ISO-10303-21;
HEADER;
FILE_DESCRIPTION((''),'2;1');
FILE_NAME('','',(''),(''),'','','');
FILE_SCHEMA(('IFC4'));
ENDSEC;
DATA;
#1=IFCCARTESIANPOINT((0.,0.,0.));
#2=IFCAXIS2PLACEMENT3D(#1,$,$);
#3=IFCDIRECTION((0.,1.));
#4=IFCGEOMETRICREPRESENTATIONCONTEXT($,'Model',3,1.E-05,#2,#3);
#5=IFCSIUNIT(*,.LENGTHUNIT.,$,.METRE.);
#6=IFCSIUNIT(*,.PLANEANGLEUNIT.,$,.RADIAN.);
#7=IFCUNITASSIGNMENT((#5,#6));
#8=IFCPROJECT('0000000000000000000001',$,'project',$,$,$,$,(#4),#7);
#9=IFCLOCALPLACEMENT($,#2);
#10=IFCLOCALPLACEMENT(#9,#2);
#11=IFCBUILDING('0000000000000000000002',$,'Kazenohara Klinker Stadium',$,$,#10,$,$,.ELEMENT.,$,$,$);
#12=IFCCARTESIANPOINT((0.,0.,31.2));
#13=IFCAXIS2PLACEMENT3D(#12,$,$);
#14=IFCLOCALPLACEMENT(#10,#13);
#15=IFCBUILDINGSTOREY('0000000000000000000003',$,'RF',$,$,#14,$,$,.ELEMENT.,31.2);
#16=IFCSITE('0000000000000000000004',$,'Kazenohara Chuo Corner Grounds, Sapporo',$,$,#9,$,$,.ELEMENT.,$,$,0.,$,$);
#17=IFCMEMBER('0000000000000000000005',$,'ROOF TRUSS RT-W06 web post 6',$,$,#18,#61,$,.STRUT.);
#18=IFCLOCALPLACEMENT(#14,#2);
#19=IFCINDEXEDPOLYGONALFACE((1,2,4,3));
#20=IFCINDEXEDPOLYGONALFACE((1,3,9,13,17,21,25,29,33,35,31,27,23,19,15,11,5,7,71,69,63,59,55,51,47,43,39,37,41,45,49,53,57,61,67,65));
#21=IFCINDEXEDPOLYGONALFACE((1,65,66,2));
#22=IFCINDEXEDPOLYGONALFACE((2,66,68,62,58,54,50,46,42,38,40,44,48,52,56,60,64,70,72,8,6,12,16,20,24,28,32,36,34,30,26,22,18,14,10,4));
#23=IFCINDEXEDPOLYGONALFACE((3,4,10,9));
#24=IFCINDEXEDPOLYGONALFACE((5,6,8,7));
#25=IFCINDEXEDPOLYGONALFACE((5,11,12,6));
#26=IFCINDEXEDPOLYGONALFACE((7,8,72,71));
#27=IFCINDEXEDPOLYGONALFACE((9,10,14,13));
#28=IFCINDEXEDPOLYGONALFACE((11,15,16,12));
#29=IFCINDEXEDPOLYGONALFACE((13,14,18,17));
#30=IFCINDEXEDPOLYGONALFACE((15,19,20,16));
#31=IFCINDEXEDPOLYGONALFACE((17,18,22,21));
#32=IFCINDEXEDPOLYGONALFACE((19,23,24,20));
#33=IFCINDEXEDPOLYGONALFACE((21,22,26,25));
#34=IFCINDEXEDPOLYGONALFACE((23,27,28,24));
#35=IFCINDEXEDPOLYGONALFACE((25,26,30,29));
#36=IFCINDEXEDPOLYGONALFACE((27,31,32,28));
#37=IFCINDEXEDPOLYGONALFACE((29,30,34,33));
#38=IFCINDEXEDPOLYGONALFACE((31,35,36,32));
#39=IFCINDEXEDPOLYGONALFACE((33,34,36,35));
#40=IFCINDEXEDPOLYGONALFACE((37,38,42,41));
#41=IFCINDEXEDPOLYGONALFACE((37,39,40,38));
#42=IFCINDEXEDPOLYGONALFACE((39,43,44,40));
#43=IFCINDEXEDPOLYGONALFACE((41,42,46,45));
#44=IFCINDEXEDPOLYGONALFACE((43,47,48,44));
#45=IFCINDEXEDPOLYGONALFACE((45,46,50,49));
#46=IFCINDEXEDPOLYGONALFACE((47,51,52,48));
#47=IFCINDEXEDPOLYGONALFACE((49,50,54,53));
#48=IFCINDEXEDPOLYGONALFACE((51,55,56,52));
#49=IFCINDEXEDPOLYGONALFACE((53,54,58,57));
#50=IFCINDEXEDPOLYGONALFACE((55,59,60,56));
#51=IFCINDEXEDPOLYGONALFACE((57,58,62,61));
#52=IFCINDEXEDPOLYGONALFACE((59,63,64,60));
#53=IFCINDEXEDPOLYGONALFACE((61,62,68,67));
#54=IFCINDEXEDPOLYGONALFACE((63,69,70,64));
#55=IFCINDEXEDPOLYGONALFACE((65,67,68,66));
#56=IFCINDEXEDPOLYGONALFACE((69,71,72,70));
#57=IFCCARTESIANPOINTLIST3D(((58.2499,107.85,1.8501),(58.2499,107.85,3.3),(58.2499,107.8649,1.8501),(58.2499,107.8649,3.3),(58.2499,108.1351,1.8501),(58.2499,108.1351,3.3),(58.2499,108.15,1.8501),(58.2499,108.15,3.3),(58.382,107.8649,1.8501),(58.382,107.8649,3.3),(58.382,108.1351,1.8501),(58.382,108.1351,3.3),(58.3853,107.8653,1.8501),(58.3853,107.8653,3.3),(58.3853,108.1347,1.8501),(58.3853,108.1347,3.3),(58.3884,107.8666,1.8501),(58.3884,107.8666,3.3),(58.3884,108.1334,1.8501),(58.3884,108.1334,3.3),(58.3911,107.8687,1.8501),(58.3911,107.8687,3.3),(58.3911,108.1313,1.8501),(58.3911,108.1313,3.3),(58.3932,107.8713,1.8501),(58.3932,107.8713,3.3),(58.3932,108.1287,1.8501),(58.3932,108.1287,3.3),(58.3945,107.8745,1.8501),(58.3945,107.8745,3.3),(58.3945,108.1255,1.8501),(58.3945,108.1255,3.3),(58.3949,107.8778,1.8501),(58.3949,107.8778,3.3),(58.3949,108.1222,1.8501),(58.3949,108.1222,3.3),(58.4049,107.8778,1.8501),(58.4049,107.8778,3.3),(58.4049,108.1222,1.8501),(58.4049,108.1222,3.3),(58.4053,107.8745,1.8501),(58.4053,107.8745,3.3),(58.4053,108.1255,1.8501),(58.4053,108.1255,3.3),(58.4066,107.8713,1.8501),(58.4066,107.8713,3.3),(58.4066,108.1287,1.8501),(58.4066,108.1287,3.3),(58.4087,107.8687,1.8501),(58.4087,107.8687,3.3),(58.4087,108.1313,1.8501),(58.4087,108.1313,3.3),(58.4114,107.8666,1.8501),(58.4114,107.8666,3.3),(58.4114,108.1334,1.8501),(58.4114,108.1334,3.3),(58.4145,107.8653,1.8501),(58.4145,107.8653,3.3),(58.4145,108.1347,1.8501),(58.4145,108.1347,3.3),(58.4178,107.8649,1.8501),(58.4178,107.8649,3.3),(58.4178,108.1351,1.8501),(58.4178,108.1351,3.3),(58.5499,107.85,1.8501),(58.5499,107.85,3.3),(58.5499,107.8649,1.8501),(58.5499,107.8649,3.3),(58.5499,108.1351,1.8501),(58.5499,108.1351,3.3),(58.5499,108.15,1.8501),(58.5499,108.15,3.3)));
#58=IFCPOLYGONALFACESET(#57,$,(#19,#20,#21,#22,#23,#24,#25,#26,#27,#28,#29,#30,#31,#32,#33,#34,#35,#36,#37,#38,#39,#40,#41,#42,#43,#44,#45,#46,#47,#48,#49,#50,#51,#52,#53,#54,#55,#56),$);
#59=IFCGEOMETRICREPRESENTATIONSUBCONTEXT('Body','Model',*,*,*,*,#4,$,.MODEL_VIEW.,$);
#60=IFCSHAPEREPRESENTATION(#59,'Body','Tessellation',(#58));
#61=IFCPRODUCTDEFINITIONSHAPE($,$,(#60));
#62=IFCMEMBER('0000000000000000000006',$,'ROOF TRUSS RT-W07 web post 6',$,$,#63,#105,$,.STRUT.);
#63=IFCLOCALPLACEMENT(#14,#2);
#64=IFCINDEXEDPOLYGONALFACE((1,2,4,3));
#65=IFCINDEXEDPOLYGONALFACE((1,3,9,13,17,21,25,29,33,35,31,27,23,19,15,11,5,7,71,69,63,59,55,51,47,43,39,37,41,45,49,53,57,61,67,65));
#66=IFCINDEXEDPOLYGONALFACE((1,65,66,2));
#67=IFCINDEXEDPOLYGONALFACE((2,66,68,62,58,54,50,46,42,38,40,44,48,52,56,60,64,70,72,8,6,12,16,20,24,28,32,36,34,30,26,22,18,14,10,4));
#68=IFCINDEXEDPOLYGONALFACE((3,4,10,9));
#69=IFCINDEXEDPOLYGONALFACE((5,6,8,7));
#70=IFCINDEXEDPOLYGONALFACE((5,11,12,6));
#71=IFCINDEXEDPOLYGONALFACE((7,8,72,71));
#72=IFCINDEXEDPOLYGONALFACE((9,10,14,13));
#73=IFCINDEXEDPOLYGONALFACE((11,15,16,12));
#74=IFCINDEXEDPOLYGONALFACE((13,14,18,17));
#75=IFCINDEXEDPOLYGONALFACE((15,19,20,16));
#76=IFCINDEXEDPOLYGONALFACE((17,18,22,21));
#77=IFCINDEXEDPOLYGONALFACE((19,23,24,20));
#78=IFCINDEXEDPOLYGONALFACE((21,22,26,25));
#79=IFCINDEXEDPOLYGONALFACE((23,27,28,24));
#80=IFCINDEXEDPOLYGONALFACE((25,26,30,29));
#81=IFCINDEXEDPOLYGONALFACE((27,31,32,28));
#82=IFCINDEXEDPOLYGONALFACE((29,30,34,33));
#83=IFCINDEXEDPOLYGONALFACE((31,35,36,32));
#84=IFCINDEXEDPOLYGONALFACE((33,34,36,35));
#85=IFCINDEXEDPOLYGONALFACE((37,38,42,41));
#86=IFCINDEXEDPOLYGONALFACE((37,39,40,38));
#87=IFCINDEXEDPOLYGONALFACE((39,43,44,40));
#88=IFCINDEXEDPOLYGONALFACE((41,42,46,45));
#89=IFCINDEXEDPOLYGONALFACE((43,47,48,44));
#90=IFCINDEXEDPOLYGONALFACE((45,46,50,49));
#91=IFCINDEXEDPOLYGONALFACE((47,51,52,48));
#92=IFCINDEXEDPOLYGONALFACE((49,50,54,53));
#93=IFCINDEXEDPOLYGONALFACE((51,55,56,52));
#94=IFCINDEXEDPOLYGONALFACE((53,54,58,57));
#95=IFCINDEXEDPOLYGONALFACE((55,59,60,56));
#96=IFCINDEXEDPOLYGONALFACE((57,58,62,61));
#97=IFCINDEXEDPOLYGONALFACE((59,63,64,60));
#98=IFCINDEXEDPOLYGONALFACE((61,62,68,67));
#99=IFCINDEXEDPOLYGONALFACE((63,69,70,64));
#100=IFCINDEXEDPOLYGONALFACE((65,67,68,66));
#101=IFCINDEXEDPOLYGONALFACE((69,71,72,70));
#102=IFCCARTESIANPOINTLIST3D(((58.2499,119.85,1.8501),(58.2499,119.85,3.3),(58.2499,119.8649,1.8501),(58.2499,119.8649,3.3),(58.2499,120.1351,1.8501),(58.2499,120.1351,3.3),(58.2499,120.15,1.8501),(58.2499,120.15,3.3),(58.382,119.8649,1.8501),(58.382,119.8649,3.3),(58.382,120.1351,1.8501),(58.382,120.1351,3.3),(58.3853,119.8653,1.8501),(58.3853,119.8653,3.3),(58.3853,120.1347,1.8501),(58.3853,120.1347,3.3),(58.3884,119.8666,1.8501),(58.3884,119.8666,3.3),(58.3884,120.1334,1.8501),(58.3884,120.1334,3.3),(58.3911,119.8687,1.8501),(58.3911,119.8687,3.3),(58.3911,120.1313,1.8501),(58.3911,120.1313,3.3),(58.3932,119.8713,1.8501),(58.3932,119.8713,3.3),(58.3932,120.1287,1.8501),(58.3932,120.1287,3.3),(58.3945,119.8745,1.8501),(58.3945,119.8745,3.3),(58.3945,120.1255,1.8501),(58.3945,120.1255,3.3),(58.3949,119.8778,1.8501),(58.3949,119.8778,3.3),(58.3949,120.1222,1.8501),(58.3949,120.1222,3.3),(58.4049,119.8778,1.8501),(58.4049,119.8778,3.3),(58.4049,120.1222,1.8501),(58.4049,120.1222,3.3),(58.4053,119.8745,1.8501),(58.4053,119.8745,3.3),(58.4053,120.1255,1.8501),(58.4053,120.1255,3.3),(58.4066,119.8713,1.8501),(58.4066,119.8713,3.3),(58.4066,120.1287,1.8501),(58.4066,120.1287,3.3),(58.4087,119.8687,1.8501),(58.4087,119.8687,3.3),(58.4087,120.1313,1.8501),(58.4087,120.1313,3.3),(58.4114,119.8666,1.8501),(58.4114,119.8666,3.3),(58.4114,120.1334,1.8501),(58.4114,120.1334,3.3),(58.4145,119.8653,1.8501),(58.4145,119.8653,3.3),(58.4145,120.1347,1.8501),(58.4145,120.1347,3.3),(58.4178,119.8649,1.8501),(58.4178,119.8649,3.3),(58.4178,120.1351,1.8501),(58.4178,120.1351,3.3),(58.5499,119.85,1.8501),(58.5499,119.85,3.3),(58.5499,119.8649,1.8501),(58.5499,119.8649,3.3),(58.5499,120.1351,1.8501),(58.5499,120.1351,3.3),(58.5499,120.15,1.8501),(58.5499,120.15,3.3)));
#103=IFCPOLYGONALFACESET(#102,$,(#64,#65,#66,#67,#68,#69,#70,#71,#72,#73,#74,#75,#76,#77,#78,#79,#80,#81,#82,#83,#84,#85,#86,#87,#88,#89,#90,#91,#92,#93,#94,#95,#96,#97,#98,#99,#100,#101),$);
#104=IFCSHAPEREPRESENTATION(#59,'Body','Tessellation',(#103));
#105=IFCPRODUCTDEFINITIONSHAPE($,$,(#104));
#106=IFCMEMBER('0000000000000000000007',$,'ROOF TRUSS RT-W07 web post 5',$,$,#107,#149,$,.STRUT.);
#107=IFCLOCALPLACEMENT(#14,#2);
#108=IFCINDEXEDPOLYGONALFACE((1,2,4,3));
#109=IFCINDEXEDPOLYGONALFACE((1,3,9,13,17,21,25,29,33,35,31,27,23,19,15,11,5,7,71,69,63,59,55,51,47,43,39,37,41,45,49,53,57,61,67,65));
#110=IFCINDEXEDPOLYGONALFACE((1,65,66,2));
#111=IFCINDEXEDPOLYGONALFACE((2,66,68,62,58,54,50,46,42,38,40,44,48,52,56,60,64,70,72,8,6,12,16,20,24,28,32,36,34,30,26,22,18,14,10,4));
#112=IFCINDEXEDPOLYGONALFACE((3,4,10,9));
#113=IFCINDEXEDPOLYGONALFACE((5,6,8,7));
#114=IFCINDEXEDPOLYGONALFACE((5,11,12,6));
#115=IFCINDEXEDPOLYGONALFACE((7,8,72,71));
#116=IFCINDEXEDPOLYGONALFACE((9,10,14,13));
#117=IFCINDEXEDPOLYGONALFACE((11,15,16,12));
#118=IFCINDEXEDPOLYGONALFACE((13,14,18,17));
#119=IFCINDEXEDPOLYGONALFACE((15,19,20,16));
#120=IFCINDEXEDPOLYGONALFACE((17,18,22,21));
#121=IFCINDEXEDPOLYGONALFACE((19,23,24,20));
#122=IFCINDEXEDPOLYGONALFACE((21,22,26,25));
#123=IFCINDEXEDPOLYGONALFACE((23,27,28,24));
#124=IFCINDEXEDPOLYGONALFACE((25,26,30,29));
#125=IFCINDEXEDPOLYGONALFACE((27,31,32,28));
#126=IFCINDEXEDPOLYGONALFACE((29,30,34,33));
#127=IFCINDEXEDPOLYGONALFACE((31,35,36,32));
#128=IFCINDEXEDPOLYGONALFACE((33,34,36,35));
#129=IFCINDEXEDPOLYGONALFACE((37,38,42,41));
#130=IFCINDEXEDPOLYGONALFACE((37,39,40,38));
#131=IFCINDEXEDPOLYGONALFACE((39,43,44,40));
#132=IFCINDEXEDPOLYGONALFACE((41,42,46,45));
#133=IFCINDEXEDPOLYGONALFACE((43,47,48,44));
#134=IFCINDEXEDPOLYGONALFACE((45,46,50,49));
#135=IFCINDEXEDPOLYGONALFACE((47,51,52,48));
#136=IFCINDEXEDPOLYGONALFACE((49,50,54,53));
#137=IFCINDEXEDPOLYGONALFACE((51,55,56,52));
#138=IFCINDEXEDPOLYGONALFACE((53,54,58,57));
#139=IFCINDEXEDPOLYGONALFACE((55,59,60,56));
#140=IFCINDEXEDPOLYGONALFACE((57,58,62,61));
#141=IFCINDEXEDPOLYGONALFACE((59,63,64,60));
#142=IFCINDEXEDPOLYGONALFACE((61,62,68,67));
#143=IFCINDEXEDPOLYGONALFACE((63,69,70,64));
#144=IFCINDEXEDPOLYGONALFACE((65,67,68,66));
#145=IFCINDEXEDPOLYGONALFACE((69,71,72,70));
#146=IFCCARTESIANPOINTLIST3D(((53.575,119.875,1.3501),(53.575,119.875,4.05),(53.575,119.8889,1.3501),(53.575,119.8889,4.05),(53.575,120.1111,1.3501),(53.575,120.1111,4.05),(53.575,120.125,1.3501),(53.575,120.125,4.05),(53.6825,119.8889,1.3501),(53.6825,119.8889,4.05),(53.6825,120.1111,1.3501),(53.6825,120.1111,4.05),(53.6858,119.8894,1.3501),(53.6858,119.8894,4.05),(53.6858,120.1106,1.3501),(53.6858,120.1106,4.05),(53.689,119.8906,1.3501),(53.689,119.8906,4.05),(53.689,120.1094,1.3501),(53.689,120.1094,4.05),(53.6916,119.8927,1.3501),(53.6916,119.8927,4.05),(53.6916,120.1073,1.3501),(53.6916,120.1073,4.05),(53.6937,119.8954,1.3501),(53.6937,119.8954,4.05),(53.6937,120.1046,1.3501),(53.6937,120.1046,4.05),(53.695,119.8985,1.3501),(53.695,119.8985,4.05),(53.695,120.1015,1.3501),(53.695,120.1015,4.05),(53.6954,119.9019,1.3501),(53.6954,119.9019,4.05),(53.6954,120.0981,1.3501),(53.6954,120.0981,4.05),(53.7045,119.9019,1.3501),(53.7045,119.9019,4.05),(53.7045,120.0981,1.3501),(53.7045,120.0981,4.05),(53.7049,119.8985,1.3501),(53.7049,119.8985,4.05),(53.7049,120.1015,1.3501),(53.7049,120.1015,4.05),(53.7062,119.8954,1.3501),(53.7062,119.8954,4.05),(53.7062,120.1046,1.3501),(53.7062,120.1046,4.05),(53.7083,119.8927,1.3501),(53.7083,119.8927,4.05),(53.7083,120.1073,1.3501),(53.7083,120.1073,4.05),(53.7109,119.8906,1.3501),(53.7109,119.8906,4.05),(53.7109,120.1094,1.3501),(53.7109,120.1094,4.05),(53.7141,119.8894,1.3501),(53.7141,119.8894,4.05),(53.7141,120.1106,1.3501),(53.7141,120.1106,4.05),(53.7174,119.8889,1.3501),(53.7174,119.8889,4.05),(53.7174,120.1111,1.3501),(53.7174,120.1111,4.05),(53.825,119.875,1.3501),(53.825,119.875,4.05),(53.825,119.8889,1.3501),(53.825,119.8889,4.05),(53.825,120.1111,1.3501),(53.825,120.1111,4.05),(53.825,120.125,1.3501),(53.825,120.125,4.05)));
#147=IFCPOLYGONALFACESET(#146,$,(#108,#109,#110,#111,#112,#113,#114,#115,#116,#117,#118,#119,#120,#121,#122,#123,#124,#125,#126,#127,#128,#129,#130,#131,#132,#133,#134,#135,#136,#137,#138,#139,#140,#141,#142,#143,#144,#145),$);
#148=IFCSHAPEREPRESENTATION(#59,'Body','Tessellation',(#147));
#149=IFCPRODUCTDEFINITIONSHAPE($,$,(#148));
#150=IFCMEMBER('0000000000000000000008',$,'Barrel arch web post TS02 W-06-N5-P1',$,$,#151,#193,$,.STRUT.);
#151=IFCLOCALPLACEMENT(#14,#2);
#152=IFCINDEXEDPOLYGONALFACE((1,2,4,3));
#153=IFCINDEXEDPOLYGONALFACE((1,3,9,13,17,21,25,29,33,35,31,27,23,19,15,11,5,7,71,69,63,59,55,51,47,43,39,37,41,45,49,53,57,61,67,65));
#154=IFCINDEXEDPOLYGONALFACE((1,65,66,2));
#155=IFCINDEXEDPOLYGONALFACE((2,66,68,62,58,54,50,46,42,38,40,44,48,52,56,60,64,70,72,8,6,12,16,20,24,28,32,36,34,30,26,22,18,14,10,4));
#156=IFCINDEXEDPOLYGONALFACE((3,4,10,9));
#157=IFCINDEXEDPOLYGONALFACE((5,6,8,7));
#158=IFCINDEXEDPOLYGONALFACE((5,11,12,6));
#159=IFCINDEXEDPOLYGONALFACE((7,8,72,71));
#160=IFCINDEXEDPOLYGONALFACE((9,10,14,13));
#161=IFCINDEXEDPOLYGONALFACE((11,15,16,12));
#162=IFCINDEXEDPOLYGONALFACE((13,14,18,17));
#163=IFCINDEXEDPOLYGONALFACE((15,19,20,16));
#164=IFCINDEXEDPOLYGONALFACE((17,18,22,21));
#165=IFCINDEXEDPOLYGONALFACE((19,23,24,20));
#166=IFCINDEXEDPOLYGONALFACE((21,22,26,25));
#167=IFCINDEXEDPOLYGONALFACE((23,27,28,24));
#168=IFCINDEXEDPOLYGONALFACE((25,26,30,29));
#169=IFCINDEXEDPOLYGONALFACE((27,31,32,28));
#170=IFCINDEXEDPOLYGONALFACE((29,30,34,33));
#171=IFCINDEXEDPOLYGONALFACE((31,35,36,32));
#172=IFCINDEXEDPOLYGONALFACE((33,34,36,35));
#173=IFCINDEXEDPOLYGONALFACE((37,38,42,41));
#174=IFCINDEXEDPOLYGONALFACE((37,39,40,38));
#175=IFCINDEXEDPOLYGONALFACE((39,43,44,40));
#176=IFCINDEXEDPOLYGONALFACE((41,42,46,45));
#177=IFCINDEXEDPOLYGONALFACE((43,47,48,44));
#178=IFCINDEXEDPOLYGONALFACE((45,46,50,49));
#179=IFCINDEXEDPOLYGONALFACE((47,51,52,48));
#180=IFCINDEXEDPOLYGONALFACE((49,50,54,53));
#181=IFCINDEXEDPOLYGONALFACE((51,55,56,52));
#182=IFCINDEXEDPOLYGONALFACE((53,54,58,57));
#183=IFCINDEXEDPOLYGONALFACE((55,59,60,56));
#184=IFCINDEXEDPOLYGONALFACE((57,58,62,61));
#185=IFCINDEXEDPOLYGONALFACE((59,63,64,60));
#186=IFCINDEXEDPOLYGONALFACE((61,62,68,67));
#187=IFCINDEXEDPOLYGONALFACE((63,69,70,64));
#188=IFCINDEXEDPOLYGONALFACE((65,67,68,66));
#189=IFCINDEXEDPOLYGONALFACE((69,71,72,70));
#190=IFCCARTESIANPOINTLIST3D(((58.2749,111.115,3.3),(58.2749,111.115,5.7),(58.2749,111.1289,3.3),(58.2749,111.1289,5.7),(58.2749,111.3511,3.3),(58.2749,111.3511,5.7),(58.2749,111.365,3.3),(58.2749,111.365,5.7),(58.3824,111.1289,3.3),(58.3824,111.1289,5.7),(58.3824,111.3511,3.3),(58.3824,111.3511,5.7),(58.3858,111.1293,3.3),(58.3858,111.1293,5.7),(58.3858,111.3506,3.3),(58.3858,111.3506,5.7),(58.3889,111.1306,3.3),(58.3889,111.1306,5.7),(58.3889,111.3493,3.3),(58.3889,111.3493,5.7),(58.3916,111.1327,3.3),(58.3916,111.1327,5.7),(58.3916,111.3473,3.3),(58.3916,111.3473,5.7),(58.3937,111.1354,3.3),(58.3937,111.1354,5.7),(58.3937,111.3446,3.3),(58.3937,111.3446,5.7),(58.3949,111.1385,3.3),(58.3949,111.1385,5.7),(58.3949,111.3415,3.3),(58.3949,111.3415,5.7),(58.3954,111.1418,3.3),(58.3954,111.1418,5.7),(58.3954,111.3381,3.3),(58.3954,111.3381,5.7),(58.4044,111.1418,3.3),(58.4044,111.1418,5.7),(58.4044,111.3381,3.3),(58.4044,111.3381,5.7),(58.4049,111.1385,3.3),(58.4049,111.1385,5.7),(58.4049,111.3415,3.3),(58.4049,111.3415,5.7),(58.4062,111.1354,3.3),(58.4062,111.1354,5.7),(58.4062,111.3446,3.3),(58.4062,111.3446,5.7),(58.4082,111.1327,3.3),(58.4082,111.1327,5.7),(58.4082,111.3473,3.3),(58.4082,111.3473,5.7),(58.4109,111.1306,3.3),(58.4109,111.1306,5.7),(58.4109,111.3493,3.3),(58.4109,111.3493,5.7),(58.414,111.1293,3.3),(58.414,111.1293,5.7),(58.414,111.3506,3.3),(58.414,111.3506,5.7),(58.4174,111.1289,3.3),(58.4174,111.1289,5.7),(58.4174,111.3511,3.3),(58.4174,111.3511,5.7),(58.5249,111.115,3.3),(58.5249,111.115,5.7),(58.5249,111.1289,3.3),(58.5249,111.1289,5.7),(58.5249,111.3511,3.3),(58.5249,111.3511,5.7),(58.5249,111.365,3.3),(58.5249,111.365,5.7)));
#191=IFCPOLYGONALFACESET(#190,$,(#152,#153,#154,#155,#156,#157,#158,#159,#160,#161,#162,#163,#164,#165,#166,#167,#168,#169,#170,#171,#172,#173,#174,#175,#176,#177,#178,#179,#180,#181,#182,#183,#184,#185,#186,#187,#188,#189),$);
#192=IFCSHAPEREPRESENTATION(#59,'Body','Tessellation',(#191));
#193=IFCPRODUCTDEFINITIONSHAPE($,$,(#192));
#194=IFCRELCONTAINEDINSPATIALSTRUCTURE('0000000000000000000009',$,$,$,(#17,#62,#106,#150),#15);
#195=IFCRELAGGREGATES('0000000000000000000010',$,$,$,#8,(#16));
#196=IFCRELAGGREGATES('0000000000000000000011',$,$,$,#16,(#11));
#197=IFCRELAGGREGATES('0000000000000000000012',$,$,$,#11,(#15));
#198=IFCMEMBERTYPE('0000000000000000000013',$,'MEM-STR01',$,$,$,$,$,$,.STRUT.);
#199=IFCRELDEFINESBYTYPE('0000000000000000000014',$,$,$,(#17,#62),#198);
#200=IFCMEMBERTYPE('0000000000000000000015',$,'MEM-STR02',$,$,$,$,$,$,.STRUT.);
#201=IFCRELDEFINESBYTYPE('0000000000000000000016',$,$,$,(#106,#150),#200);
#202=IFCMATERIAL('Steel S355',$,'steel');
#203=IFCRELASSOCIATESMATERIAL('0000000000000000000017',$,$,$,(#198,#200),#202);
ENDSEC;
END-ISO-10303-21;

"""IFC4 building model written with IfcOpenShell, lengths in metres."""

from ifc_helpers import new_model, si_unit, direction, frame, origin, origin_2d, place, context, subcontext, project, spatial, i_section, extrude, material, material_profile, profile_set, type_object, element, save


model = new_model("IFC4")

# Units and contexts
model_context = context("Model", 3, precision=1e-05, world=origin(), true_north=direction((0.0, 1.0)))
body_context = subcontext(model_context, "Body", "Model", "MODEL_VIEW")
ifc_project = project(units=[si_unit("LENGTHUNIT", "METRE"), si_unit("PLANEANGLEUNIT", "RADIAN")], contexts=[model_context])

# Site, building, storey
site_placement = place(None, origin())
site = spatial("IfcSite", under=ifc_project, at=site_placement, Name="Kazenohara Chuo Corner Grounds, Sapporo", CompositionType="ELEMENT", RefElevation=0.0)
building_placement = place(site_placement, origin())
building = spatial("IfcBuilding", under=site, at=building_placement, Name="Kazenohara Klinker Stadium", CompositionType="ELEMENT")
storey_placement = place(building_placement, frame((0.0, 0.0, 31.2)))
storey = spatial("IfcBuildingStorey", under=building, at=storey_placement, Name="RF", CompositionType="ELEMENT", Elevation=31.2)

# Members
ifc_material = material(Name="Steel S355", Category="steel")
ifc_material_profile_1 = material_profile(ifc_material, i_section(OverallWidth=0.3, OverallDepth=0.3, WebThickness=0.01, FlangeThickness=0.0149, FilletRadius=0.0129, at=origin_2d()), Name="H-300x300x10x15")
ifc_profile_set_1 = profile_set([ifc_material_profile_1], Name="Steel S355")
member_type_1 = type_object("IfcMemberType", Name="MEM-STR01", PredefinedType="STRUT", material=ifc_profile_set_1)
for number, where, z_axis, x_axis, name in (
    (1, (58.3999, 108.0, 1.8501), (0.0, 0.0, 1.0), (1.0, 0.0, 0.0), "ROOF TRUSS RT-W06 web post 6"),
    (2, (58.3999, 120.0, 1.8501), (0.0, 0.0, 1.0), (1.0, 0.0, 0.0), "ROOF TRUSS RT-W07 web post 6"),
):
    element("IfcMember", number, at=place(storey_placement, frame(where, z_axis=z_axis, x_axis=x_axis)), inside=storey, type_object=member_type_1, Name=name, PredefinedType="STRUT", context=body_context, shape_type="SweptSolid", body=[
        extrude(i_section(OverallWidth=0.3, OverallDepth=0.3, WebThickness=0.01, FlangeThickness=0.0149, FilletRadius=0.0129, at=origin_2d()), origin(), (0.0, 0.0, 1.0), 1.45),
    ])
ifc_material_profile_2 = material_profile(ifc_material, i_section(OverallWidth=0.25, OverallDepth=0.25, WebThickness=0.009, FlangeThickness=0.0139, FilletRadius=0.0129, at=origin_2d()), Name="H-250x250x9x14")
ifc_profile_set_2 = profile_set([ifc_material_profile_2], Name="Steel S355")
member_type_2 = type_object("IfcMemberType", Name="MEM-STR02", PredefinedType="STRUT", material=ifc_profile_set_2)
member_1_placement = place(storey_placement, frame((53.7, 120.0, 1.3501), z_axis=(0.0, 0.0, 1.0), x_axis=(1.0, 0.0, 0.0)))
element("IfcMember", 3, at=member_1_placement, inside=storey, type_object=member_type_2, Name="ROOF TRUSS RT-W07 web post 5", PredefinedType="STRUT", context=body_context, shape_type="SweptSolid", body=[
    extrude(i_section(OverallWidth=0.25, OverallDepth=0.25, WebThickness=0.009, FlangeThickness=0.0139, FilletRadius=0.0129, at=origin_2d()), origin(), (0.0, 0.0, 1.0), 2.7),
])
member_2_placement = place(storey_placement, frame((58.3999, 111.24, 3.3), z_axis=(0.0, 0.0, 1.0), x_axis=(1.0, 0.0, 0.0)))
element("IfcMember", 4, at=member_2_placement, inside=storey, type_object=member_type_2, Name="Barrel arch web post TS02 W-06-N5-P1", PredefinedType="STRUT", context=body_context, shape_type="SweptSolid", body=[
    extrude(i_section(OverallWidth=0.25, OverallDepth=0.25, WebThickness=0.009, FlangeThickness=0.0139, FilletRadius=0.0129, at=origin_2d()), origin(), (0.0, 0.0, 1.0), 2.3999),
])

save(model, "model.ifc")
